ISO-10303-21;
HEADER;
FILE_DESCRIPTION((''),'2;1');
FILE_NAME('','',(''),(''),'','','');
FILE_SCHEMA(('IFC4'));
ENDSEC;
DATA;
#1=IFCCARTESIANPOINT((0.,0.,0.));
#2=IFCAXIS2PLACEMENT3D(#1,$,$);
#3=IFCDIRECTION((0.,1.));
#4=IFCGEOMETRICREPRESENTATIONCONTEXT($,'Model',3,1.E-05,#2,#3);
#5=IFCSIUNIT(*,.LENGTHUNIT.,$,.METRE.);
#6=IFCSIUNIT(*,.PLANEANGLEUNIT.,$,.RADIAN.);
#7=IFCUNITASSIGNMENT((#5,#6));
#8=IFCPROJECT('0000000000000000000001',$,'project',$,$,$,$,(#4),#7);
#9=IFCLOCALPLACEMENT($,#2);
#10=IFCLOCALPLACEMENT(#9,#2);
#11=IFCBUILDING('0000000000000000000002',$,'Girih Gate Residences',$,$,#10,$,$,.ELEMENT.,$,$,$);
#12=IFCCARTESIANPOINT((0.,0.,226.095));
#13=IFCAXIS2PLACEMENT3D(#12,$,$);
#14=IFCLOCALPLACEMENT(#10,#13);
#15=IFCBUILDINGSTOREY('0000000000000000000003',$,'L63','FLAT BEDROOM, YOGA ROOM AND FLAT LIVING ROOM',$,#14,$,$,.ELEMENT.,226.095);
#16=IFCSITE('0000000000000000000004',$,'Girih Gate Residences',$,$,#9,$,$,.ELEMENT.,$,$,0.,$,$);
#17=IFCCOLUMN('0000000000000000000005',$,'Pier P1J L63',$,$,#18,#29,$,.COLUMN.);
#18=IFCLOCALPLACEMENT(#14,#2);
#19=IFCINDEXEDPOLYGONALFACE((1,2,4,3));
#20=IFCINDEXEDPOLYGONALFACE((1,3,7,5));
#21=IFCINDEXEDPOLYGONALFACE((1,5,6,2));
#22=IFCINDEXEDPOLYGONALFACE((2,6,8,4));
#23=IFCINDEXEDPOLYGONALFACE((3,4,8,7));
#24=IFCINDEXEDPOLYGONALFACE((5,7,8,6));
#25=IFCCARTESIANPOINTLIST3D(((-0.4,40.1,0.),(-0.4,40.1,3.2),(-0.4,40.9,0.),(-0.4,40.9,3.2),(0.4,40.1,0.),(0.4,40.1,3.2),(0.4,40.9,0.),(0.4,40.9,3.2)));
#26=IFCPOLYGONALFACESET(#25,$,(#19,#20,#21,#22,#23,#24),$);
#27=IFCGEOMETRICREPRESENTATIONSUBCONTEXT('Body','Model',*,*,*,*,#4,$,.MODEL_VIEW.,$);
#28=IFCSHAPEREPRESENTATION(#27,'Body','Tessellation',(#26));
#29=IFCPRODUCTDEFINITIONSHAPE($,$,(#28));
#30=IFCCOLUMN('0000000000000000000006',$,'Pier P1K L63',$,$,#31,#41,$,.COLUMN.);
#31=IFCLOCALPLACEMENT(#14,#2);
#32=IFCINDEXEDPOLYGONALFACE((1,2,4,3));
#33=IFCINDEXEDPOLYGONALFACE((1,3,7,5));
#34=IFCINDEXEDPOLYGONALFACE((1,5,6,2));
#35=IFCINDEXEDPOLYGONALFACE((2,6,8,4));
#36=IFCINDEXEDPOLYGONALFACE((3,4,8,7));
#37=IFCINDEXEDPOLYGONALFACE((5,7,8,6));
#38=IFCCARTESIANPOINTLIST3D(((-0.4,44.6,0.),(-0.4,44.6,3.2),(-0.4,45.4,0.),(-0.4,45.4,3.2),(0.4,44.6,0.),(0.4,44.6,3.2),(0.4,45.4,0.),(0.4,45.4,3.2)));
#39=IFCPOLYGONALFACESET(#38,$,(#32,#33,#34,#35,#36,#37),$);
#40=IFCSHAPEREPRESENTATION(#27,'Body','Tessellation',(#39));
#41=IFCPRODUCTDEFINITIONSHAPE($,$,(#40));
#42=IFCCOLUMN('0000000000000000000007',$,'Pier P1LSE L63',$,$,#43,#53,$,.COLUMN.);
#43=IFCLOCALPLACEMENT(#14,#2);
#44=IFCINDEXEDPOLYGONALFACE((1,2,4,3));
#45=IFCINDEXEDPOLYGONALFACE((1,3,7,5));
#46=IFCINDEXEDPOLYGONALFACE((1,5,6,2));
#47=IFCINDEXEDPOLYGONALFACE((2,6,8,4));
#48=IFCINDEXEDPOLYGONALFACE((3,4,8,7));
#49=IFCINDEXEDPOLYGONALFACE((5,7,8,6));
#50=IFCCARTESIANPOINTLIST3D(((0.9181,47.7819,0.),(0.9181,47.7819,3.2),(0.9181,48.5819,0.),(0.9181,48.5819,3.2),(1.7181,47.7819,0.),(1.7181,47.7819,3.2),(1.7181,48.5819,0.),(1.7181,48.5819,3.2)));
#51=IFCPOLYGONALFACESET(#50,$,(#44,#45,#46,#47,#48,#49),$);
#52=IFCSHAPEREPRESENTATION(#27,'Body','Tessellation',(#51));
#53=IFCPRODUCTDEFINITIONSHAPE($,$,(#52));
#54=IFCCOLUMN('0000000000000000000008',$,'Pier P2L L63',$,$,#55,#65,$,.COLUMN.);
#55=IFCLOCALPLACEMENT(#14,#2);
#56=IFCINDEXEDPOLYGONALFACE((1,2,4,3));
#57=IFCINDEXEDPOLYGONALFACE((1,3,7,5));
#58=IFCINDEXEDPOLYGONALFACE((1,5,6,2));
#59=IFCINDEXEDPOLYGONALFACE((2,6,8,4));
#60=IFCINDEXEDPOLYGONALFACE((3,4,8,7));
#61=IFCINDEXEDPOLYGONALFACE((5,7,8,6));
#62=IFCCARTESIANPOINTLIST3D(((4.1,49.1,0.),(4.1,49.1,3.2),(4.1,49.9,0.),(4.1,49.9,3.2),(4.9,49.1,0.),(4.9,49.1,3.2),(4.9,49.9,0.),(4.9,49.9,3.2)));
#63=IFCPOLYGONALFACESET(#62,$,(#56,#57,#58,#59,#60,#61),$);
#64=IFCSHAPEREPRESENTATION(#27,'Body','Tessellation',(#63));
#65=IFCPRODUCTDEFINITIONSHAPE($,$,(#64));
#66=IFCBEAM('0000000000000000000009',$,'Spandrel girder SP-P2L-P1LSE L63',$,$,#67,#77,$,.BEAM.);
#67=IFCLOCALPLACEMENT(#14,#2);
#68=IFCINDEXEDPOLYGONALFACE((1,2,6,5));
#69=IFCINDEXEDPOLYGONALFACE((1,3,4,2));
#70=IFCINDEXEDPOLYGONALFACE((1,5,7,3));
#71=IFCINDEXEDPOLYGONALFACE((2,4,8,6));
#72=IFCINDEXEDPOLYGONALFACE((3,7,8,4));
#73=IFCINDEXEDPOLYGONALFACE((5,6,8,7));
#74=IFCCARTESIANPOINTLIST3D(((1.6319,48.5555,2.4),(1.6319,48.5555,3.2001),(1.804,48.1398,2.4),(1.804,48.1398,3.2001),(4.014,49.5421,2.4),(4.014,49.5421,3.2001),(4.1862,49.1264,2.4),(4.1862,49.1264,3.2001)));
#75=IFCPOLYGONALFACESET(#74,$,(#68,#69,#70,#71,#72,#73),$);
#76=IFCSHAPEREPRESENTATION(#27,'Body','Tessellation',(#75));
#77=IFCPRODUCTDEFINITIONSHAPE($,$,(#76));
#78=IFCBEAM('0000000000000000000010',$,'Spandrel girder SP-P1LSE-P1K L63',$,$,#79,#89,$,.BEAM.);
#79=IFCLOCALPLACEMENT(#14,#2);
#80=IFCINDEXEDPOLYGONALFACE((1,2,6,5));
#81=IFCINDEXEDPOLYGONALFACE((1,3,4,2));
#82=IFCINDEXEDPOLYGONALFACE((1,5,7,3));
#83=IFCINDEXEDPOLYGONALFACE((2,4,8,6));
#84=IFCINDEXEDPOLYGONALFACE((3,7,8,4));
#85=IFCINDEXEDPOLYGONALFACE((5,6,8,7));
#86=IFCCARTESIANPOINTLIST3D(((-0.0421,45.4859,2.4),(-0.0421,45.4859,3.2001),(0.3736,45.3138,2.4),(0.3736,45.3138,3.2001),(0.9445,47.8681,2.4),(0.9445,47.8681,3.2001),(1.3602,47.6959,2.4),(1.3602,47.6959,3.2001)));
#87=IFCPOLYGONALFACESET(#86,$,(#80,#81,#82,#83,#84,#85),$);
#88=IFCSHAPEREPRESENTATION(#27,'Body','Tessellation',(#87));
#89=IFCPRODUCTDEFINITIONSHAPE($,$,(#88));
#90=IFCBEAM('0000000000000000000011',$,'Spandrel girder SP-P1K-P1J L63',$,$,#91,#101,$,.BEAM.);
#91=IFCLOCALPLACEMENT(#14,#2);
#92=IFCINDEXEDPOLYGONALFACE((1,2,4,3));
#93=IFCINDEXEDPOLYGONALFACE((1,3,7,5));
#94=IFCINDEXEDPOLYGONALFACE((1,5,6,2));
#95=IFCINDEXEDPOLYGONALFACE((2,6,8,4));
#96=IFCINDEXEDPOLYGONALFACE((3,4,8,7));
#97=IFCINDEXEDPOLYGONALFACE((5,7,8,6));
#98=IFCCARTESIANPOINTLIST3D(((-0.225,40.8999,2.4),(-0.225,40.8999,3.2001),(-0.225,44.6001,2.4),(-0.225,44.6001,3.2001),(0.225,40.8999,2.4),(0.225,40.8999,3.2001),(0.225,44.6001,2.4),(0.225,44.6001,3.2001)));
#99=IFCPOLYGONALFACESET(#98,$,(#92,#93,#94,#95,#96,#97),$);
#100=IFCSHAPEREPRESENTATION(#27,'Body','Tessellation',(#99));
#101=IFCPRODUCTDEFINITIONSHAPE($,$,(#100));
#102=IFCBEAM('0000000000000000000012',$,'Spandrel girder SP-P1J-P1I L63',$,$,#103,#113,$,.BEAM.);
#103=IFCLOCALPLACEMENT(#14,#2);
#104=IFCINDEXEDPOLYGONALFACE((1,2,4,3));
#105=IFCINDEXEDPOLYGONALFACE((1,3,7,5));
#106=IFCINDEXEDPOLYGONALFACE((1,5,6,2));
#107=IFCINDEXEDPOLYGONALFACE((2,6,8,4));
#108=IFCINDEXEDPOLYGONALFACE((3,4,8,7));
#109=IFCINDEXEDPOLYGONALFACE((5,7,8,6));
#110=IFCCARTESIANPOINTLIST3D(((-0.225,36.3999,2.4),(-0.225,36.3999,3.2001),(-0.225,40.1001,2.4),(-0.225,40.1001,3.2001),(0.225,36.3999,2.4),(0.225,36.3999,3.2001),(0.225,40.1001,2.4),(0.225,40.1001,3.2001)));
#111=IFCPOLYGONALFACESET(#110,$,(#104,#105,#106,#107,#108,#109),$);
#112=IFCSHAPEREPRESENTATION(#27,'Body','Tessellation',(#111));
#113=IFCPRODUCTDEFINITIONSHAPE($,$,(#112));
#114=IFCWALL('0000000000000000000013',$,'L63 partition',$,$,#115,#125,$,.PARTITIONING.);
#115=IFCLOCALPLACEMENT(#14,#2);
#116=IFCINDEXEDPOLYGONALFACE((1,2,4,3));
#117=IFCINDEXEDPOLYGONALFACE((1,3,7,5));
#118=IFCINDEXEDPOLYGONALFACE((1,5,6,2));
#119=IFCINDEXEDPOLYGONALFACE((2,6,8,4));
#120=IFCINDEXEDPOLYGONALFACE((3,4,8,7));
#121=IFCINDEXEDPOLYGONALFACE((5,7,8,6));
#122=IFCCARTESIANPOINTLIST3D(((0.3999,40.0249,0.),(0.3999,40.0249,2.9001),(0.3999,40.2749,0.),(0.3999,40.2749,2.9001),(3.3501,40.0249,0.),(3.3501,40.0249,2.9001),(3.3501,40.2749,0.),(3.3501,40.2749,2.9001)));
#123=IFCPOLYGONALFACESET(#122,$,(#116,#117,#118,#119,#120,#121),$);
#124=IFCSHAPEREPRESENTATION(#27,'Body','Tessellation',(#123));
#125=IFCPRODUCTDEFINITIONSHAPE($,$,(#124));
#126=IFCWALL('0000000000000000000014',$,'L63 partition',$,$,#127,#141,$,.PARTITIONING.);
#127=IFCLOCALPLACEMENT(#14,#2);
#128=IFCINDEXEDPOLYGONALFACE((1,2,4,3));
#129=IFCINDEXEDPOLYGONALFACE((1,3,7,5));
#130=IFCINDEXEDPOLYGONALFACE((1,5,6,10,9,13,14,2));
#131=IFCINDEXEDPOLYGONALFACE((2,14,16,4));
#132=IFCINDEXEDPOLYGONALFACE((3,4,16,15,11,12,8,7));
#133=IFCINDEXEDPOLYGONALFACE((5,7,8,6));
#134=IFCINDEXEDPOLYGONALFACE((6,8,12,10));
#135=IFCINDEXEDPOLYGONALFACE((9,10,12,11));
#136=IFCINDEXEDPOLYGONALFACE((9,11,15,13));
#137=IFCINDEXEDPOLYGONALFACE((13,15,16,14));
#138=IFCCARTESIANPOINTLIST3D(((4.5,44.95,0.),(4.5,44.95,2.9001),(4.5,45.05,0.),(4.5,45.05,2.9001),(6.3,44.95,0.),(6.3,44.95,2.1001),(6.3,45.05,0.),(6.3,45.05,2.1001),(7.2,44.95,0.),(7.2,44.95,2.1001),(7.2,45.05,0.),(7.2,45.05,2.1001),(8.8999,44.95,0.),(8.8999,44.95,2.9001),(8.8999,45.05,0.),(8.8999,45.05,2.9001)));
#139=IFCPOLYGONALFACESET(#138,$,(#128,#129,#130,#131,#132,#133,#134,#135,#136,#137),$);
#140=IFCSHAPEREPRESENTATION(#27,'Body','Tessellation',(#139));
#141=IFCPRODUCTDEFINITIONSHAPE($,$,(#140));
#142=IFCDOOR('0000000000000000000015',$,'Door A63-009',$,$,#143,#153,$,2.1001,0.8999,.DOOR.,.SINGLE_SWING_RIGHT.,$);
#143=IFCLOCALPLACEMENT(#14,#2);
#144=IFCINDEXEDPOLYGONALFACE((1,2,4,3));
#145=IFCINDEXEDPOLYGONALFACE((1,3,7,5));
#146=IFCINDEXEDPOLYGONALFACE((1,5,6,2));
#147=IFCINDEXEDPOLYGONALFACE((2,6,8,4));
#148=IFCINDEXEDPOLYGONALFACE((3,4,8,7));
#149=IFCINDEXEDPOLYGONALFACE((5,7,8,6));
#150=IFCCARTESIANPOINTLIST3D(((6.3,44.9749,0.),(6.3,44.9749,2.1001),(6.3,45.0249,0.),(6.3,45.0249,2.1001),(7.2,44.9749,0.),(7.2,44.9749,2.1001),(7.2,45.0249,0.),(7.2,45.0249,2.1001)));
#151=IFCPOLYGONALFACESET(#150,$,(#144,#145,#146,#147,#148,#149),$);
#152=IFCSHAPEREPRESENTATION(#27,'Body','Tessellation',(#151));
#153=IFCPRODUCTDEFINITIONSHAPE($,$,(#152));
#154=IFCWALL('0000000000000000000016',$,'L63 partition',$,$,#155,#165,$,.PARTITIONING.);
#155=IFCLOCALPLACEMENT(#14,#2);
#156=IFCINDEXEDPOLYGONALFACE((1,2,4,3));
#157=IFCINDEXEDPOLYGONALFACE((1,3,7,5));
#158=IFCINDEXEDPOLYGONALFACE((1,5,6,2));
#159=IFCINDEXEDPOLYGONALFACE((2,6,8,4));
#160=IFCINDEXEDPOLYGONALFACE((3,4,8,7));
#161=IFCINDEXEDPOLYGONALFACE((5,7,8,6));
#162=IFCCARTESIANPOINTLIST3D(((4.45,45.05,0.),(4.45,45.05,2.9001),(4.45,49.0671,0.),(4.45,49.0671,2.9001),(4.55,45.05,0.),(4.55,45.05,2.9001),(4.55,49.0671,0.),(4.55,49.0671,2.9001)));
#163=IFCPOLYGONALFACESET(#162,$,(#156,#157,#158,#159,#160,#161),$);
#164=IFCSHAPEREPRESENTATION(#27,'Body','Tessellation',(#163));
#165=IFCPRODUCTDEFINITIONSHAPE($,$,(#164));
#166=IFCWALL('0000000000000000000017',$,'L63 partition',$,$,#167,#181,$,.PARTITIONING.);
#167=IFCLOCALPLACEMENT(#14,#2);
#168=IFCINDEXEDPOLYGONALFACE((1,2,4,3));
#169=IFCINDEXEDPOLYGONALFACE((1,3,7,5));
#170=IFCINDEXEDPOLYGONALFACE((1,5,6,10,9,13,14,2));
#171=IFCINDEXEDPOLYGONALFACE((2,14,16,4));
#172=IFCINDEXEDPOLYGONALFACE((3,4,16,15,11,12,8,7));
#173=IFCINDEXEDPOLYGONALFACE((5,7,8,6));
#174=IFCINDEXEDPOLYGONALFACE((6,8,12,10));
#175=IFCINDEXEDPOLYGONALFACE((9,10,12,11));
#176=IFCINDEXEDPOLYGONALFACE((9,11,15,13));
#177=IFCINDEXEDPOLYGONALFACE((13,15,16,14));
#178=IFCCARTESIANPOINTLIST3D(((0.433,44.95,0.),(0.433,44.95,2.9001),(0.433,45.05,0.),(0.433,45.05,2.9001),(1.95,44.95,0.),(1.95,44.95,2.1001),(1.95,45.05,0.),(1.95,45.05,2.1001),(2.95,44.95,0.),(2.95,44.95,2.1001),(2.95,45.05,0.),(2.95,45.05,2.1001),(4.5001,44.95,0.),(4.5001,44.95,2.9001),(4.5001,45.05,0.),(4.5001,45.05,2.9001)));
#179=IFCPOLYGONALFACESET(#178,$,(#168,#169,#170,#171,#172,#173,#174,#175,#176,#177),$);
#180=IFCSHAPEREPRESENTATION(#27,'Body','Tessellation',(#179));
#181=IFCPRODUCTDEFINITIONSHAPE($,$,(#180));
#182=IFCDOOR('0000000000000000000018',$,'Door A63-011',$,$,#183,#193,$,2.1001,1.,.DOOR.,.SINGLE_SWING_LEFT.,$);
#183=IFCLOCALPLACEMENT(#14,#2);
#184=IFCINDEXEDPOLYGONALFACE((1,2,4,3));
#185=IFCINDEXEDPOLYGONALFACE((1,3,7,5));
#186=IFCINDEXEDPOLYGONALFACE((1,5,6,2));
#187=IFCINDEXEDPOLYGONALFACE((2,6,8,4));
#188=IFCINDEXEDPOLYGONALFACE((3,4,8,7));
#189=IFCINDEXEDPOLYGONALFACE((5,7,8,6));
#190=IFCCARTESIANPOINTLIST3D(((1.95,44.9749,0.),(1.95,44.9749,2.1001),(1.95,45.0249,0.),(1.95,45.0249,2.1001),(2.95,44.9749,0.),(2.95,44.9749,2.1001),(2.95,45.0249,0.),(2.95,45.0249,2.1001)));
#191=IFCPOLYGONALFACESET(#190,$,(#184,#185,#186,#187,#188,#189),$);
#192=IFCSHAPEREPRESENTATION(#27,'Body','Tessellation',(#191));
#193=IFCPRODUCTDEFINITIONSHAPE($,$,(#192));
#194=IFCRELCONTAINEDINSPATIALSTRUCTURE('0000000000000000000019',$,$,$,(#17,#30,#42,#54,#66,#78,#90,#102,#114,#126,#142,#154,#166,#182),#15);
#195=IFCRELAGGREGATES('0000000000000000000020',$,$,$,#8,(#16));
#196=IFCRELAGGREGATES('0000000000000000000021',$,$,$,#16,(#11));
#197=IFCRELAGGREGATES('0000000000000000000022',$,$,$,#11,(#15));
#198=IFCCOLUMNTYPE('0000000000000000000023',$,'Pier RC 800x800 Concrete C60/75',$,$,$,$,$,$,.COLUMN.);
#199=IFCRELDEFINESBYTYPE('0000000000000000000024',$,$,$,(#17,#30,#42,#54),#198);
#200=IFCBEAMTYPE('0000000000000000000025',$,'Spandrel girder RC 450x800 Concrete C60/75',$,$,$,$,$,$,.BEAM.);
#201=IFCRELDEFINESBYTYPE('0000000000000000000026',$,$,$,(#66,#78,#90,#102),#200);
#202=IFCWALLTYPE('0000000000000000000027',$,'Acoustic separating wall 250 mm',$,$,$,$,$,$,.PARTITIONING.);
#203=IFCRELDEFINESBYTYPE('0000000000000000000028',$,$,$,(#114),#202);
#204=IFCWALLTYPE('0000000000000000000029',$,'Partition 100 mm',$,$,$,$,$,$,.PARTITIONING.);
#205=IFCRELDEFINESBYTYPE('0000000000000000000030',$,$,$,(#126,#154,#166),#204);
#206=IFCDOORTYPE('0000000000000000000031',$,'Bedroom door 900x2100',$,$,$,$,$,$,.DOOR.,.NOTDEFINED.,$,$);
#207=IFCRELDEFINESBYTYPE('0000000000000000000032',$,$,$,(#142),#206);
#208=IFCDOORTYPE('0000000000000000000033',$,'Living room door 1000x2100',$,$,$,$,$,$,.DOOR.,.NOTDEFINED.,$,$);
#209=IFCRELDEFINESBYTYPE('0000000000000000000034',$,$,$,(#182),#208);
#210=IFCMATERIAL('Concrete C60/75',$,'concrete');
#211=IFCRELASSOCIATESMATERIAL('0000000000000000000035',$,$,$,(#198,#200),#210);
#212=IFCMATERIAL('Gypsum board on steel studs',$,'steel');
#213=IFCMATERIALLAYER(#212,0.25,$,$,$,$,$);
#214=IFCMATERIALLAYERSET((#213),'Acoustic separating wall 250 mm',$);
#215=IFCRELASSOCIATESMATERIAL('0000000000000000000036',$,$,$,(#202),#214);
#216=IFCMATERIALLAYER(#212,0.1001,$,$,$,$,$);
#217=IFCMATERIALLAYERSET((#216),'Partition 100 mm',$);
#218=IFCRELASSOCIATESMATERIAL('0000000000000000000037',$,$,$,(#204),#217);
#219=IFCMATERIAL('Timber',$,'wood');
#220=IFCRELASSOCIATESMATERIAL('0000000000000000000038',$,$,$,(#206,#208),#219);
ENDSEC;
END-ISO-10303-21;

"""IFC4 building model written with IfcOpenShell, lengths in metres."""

from ifc_helpers import new_model, si_unit, direction, frame, frame_2d, origin, origin_2d, place, context, subcontext, project, spatial, rectangle, extrude, material, layer, layer_set, material_profile, profile_set, type_object, element, fill, save


model = new_model("IFC4")

# Units and contexts
model_context = context("Model", 3, precision=1e-05, world=origin(), true_north=direction((0.0, 1.0)))
body_context = subcontext(model_context, "Body", "Model", "MODEL_VIEW")
ifc_project = project(units=[si_unit("LENGTHUNIT", "METRE"), si_unit("PLANEANGLEUNIT", "RADIAN")], contexts=[model_context])

# Site, building, storey
site_placement = place(None, origin())
site = spatial("IfcSite", under=ifc_project, at=site_placement, Name="Girih Gate Residences", CompositionType="ELEMENT", RefElevation=0.0)
building_placement = place(site_placement, origin())
building = spatial("IfcBuilding", under=site, at=building_placement, Name="Girih Gate Residences", CompositionType="ELEMENT")
storey_placement = place(building_placement, frame((0.0, 0.0, 226.095)))
storey = spatial("IfcBuildingStorey", under=building, at=storey_placement, Name="L63", Description="FLAT BEDROOM, YOGA ROOM AND FLAT LIVING ROOM", CompositionType="ELEMENT", Elevation=226.095)

# Columns
ifc_material_1 = material(Name="Concrete C60/75", Category="concrete")
ifc_material_profile_1 = material_profile(ifc_material_1, rectangle(XDim=0.8, YDim=0.8, at=origin_2d()))
ifc_profile_set_1 = profile_set([ifc_material_profile_1], Name="Concrete C60/75")
column_type = type_object("IfcColumnType", Name="Pier RC 800x800 Concrete C60/75", PredefinedType="COLUMN", material=ifc_profile_set_1)
for number, where, z_axis, x_axis, name in (
    (1, (0.0, 40.5, 0.0), (0.0, 0.0, 1.0), (1.0, 0.0, 0.0), "Pier P1J L63"),
    (2, (0.0, 45.0, 0.0), (0.0, 0.0, 1.0), (1.0, 0.0, 0.0), "Pier P1K L63"),
    (3, (1.3181, 48.1819, 0.0), (0.0, 0.0, 1.0), (1.0, 0.0, 0.0), "Pier P1LSE L63"),
    (4, (4.5, 49.5, 0.0), (0.0, 0.0, 1.0), (1.0, 0.0, 0.0), "Pier P2L L63"),
):
    element("IfcColumn", number, at=place(storey_placement, frame(where, z_axis=z_axis, x_axis=x_axis)), inside=storey, type_object=column_type, Name=name, PredefinedType="COLUMN", context=body_context, shape_type="SweptSolid", body=[
        extrude(rectangle(XDim=0.8, YDim=0.8, at=origin_2d()), origin(), (0.0, 0.0, 1.0), 3.2),
    ])

# Beams
ifc_material_profile_2 = material_profile(ifc_material_1, rectangle(XDim=0.45, YDim=0.8, at=origin_2d()))
ifc_profile_set_2 = profile_set([ifc_material_profile_2], Name="Concrete C60/75")
beam_type = type_object("IfcBeamType", Name="Spandrel girder RC 450x800 Concrete C60/75", PredefinedType="BEAM", material=ifc_profile_set_2)
for number, where, z_axis, x_axis, name in (
    (5, (4.1001, 49.3342, 2.8), (-0.923896, -0.382644, 0.0), (0.382644, -0.923896, 0.0), "Spandrel girder SP-P2L-P1LSE L63"),
    (6, (1.1523, 47.782, 2.8), (-0.382644, -0.923896, 0.0), (0.923896, -0.382644, 0.0), "Spandrel girder SP-P1LSE-P1K L63"),
):
    element("IfcBeam", number, at=place(storey_placement, frame(where, z_axis=z_axis, x_axis=x_axis)), inside=storey, type_object=beam_type, Name=name, PredefinedType="BEAM", context=body_context, shape_type="SweptSolid", body=[
        extrude(rectangle(XDim=0.45, YDim=0.8, at=origin_2d()), origin(), (0.0, 0.0, 1.0), 2.5784),
    ])
for number, where, z_axis, x_axis, name in (
    (7, (0.0, 44.6001, 2.8), (0.0, -1.0, 0.0), (1.0, 0.0, 0.0), "Spandrel girder SP-P1K-P1J L63"),
    (8, (0.0, 40.1001, 2.8), (0.0, -1.0, 0.0), (1.0, 0.0, 0.0), "Spandrel girder SP-P1J-P1I L63"),
):
    element("IfcBeam", number, at=place(storey_placement, frame(where, z_axis=z_axis, x_axis=x_axis)), inside=storey, type_object=beam_type, Name=name, PredefinedType="BEAM", context=body_context, shape_type="SweptSolid", body=[
        extrude(rectangle(XDim=0.45, YDim=0.8, at=origin_2d()), origin(), (0.0, 0.0, 1.0), 3.7002),
    ])

# Wall
ifc_material_2 = material(Name="Gypsum board on steel studs", Category="steel")
ifc_layer_1 = layer(ifc_material_2, 0.25)
ifc_layer_set_1 = layer_set([ifc_layer_1], Name="Acoustic separating wall 250 mm")
wall_type_1 = type_object("IfcWallType", Name="Acoustic separating wall 250 mm", PredefinedType="PARTITIONING", material=ifc_layer_set_1)
wall_1_placement = place(storey_placement, frame((0.3999, 40.1499, 0.0), z_axis=(0.0, 0.0, 1.0), x_axis=(1.0, 0.0, 0.0)))
element("IfcWall", 9, at=wall_1_placement, inside=storey, type_object=wall_type_1, Name="L63 partition", PredefinedType="PARTITIONING", context=body_context, shape_type="SweptSolid", body=[
    extrude(rectangle(XDim=2.9502, YDim=0.25, at=frame_2d((1.4751, 0.0))), origin(), (0.0, 0.0, 1.0), 2.9001),
])

# Wall, opening, door
ifc_layer_2 = layer(ifc_material_2, 0.1001)
ifc_layer_set_2 = layer_set([ifc_layer_2], Name="Partition 100 mm")
wall_type_2 = type_object("IfcWallType", Name="Partition 100 mm", PredefinedType="PARTITIONING", material=ifc_layer_set_2)
wall_2_placement = place(storey_placement, frame((4.5, 45.0, 0.0), z_axis=(0.0, 0.0, 1.0), x_axis=(1.0, 0.0, 0.0)))
wall_2 = element("IfcWall", 10, at=wall_2_placement, inside=storey, type_object=wall_type_2, Name="L63 partition", PredefinedType="PARTITIONING", context=body_context, shape_type="SweptSolid", body=[
    extrude(rectangle(XDim=4.3999, YDim=0.1001, at=frame_2d((2.2, 0.0))), origin(), (0.0, 0.0, 1.0), 2.9001),
])
opening_1_placement = place(wall_2_placement, frame((1.8, 0.0, 0.0)))
opening_1 = element("IfcOpeningElement", 11, at=opening_1_placement, cuts=wall_2, PredefinedType="OPENING", context=body_context, shape_type="SweptSolid", body=[
    extrude(rectangle(XDim=0.8999, YDim=2.1001, at=frame_2d((0.45, 1.05))), frame((0.0, 0.0601, 0.0), z_axis=(0.0, -1.0, 0.0), x_axis=(1.0, 0.0, 0.0)), (0.0, 0.0, 1.0), 0.1201),
])
ifc_material_3 = material(Name="Timber", Category="wood")
door_type_1 = type_object("IfcDoorType", Name="Bedroom door 900x2100", OperationType="NOTDEFINED", PredefinedType="DOOR", material=ifc_material_3)
door_1_placement = place(opening_1_placement, origin())
door_1 = element("IfcDoor", 12, at=door_1_placement, inside=storey, type_object=door_type_1, Name="Door A63-009", OperationType="SINGLE_SWING_RIGHT", OverallHeight=2.1001, OverallWidth=0.8999, PredefinedType="DOOR", context=body_context, shape_type="SweptSolid", body=[
    extrude(rectangle(XDim=0.8999, YDim=2.1001, at=frame_2d((0.45, 1.05))), frame((0.0, 0.0249, 0.0), z_axis=(0.0, -1.0, 0.0), x_axis=(1.0, 0.0, 0.0)), (0.0, 0.0, 1.0), 0.05),
])
fill(opening_1, door_1)

# Wall
wall_3_placement = place(storey_placement, frame((4.5, 45.05, 0.0), z_axis=(0.0, 0.0, 1.0), x_axis=(0.0, 1.0, 0.0)))
element("IfcWall", 13, at=wall_3_placement, inside=storey, type_object=wall_type_2, Name="L63 partition", PredefinedType="PARTITIONING", context=body_context, shape_type="SweptSolid", body=[
    extrude(rectangle(XDim=4.0171, YDim=0.1001, at=frame_2d((2.0085, 0.0))), origin(), (0.0, 0.0, 1.0), 2.9001),
])

# Wall, opening, door
wall_4_placement = place(storey_placement, frame((0.4329, 45.0, 0.0), z_axis=(0.0, 0.0, 1.0), x_axis=(1.0, 0.0, 0.0)))
wall_4 = element("IfcWall", 14, at=wall_4_placement, inside=storey, type_object=wall_type_2, Name="L63 partition", PredefinedType="PARTITIONING", context=body_context, shape_type="SweptSolid", body=[
    extrude(rectangle(XDim=4.0671, YDim=0.1001, at=frame_2d((2.0337, 0.0))), origin(), (0.0, 0.0, 1.0), 2.9001),
])
opening_2_placement = place(wall_4_placement, frame((1.5171, 0.0, 0.0)))
opening_2 = element("IfcOpeningElement", 15, at=opening_2_placement, cuts=wall_4, PredefinedType="OPENING", context=body_context, shape_type="SweptSolid", body=[
    extrude(rectangle(XDim=1.0, YDim=2.1001, at=frame_2d((0.5, 1.05))), frame((0.0, 0.0601, 0.0), z_axis=(0.0, -1.0, 0.0), x_axis=(1.0, 0.0, 0.0)), (0.0, 0.0, 1.0), 0.1201),
])
door_type_2 = type_object("IfcDoorType", Name="Living room door 1000x2100", OperationType="NOTDEFINED", PredefinedType="DOOR", material=ifc_material_3)
door_2_placement = place(opening_2_placement, origin())
door_2 = element("IfcDoor", 16, at=door_2_placement, inside=storey, type_object=door_type_2, Name="Door A63-011", OperationType="SINGLE_SWING_LEFT", OverallHeight=2.1001, OverallWidth=1.0, PredefinedType="DOOR", context=body_context, shape_type="SweptSolid", body=[
    extrude(rectangle(XDim=1.0, YDim=2.1001, at=frame_2d((0.5, 1.05))), frame((0.0, 0.0249, 0.0), z_axis=(0.0, -1.0, 0.0), x_axis=(1.0, 0.0, 0.0)), (0.0, 0.0, 1.0), 0.05),
])
fill(opening_2, door_2)

save(model, "model.ifc")
